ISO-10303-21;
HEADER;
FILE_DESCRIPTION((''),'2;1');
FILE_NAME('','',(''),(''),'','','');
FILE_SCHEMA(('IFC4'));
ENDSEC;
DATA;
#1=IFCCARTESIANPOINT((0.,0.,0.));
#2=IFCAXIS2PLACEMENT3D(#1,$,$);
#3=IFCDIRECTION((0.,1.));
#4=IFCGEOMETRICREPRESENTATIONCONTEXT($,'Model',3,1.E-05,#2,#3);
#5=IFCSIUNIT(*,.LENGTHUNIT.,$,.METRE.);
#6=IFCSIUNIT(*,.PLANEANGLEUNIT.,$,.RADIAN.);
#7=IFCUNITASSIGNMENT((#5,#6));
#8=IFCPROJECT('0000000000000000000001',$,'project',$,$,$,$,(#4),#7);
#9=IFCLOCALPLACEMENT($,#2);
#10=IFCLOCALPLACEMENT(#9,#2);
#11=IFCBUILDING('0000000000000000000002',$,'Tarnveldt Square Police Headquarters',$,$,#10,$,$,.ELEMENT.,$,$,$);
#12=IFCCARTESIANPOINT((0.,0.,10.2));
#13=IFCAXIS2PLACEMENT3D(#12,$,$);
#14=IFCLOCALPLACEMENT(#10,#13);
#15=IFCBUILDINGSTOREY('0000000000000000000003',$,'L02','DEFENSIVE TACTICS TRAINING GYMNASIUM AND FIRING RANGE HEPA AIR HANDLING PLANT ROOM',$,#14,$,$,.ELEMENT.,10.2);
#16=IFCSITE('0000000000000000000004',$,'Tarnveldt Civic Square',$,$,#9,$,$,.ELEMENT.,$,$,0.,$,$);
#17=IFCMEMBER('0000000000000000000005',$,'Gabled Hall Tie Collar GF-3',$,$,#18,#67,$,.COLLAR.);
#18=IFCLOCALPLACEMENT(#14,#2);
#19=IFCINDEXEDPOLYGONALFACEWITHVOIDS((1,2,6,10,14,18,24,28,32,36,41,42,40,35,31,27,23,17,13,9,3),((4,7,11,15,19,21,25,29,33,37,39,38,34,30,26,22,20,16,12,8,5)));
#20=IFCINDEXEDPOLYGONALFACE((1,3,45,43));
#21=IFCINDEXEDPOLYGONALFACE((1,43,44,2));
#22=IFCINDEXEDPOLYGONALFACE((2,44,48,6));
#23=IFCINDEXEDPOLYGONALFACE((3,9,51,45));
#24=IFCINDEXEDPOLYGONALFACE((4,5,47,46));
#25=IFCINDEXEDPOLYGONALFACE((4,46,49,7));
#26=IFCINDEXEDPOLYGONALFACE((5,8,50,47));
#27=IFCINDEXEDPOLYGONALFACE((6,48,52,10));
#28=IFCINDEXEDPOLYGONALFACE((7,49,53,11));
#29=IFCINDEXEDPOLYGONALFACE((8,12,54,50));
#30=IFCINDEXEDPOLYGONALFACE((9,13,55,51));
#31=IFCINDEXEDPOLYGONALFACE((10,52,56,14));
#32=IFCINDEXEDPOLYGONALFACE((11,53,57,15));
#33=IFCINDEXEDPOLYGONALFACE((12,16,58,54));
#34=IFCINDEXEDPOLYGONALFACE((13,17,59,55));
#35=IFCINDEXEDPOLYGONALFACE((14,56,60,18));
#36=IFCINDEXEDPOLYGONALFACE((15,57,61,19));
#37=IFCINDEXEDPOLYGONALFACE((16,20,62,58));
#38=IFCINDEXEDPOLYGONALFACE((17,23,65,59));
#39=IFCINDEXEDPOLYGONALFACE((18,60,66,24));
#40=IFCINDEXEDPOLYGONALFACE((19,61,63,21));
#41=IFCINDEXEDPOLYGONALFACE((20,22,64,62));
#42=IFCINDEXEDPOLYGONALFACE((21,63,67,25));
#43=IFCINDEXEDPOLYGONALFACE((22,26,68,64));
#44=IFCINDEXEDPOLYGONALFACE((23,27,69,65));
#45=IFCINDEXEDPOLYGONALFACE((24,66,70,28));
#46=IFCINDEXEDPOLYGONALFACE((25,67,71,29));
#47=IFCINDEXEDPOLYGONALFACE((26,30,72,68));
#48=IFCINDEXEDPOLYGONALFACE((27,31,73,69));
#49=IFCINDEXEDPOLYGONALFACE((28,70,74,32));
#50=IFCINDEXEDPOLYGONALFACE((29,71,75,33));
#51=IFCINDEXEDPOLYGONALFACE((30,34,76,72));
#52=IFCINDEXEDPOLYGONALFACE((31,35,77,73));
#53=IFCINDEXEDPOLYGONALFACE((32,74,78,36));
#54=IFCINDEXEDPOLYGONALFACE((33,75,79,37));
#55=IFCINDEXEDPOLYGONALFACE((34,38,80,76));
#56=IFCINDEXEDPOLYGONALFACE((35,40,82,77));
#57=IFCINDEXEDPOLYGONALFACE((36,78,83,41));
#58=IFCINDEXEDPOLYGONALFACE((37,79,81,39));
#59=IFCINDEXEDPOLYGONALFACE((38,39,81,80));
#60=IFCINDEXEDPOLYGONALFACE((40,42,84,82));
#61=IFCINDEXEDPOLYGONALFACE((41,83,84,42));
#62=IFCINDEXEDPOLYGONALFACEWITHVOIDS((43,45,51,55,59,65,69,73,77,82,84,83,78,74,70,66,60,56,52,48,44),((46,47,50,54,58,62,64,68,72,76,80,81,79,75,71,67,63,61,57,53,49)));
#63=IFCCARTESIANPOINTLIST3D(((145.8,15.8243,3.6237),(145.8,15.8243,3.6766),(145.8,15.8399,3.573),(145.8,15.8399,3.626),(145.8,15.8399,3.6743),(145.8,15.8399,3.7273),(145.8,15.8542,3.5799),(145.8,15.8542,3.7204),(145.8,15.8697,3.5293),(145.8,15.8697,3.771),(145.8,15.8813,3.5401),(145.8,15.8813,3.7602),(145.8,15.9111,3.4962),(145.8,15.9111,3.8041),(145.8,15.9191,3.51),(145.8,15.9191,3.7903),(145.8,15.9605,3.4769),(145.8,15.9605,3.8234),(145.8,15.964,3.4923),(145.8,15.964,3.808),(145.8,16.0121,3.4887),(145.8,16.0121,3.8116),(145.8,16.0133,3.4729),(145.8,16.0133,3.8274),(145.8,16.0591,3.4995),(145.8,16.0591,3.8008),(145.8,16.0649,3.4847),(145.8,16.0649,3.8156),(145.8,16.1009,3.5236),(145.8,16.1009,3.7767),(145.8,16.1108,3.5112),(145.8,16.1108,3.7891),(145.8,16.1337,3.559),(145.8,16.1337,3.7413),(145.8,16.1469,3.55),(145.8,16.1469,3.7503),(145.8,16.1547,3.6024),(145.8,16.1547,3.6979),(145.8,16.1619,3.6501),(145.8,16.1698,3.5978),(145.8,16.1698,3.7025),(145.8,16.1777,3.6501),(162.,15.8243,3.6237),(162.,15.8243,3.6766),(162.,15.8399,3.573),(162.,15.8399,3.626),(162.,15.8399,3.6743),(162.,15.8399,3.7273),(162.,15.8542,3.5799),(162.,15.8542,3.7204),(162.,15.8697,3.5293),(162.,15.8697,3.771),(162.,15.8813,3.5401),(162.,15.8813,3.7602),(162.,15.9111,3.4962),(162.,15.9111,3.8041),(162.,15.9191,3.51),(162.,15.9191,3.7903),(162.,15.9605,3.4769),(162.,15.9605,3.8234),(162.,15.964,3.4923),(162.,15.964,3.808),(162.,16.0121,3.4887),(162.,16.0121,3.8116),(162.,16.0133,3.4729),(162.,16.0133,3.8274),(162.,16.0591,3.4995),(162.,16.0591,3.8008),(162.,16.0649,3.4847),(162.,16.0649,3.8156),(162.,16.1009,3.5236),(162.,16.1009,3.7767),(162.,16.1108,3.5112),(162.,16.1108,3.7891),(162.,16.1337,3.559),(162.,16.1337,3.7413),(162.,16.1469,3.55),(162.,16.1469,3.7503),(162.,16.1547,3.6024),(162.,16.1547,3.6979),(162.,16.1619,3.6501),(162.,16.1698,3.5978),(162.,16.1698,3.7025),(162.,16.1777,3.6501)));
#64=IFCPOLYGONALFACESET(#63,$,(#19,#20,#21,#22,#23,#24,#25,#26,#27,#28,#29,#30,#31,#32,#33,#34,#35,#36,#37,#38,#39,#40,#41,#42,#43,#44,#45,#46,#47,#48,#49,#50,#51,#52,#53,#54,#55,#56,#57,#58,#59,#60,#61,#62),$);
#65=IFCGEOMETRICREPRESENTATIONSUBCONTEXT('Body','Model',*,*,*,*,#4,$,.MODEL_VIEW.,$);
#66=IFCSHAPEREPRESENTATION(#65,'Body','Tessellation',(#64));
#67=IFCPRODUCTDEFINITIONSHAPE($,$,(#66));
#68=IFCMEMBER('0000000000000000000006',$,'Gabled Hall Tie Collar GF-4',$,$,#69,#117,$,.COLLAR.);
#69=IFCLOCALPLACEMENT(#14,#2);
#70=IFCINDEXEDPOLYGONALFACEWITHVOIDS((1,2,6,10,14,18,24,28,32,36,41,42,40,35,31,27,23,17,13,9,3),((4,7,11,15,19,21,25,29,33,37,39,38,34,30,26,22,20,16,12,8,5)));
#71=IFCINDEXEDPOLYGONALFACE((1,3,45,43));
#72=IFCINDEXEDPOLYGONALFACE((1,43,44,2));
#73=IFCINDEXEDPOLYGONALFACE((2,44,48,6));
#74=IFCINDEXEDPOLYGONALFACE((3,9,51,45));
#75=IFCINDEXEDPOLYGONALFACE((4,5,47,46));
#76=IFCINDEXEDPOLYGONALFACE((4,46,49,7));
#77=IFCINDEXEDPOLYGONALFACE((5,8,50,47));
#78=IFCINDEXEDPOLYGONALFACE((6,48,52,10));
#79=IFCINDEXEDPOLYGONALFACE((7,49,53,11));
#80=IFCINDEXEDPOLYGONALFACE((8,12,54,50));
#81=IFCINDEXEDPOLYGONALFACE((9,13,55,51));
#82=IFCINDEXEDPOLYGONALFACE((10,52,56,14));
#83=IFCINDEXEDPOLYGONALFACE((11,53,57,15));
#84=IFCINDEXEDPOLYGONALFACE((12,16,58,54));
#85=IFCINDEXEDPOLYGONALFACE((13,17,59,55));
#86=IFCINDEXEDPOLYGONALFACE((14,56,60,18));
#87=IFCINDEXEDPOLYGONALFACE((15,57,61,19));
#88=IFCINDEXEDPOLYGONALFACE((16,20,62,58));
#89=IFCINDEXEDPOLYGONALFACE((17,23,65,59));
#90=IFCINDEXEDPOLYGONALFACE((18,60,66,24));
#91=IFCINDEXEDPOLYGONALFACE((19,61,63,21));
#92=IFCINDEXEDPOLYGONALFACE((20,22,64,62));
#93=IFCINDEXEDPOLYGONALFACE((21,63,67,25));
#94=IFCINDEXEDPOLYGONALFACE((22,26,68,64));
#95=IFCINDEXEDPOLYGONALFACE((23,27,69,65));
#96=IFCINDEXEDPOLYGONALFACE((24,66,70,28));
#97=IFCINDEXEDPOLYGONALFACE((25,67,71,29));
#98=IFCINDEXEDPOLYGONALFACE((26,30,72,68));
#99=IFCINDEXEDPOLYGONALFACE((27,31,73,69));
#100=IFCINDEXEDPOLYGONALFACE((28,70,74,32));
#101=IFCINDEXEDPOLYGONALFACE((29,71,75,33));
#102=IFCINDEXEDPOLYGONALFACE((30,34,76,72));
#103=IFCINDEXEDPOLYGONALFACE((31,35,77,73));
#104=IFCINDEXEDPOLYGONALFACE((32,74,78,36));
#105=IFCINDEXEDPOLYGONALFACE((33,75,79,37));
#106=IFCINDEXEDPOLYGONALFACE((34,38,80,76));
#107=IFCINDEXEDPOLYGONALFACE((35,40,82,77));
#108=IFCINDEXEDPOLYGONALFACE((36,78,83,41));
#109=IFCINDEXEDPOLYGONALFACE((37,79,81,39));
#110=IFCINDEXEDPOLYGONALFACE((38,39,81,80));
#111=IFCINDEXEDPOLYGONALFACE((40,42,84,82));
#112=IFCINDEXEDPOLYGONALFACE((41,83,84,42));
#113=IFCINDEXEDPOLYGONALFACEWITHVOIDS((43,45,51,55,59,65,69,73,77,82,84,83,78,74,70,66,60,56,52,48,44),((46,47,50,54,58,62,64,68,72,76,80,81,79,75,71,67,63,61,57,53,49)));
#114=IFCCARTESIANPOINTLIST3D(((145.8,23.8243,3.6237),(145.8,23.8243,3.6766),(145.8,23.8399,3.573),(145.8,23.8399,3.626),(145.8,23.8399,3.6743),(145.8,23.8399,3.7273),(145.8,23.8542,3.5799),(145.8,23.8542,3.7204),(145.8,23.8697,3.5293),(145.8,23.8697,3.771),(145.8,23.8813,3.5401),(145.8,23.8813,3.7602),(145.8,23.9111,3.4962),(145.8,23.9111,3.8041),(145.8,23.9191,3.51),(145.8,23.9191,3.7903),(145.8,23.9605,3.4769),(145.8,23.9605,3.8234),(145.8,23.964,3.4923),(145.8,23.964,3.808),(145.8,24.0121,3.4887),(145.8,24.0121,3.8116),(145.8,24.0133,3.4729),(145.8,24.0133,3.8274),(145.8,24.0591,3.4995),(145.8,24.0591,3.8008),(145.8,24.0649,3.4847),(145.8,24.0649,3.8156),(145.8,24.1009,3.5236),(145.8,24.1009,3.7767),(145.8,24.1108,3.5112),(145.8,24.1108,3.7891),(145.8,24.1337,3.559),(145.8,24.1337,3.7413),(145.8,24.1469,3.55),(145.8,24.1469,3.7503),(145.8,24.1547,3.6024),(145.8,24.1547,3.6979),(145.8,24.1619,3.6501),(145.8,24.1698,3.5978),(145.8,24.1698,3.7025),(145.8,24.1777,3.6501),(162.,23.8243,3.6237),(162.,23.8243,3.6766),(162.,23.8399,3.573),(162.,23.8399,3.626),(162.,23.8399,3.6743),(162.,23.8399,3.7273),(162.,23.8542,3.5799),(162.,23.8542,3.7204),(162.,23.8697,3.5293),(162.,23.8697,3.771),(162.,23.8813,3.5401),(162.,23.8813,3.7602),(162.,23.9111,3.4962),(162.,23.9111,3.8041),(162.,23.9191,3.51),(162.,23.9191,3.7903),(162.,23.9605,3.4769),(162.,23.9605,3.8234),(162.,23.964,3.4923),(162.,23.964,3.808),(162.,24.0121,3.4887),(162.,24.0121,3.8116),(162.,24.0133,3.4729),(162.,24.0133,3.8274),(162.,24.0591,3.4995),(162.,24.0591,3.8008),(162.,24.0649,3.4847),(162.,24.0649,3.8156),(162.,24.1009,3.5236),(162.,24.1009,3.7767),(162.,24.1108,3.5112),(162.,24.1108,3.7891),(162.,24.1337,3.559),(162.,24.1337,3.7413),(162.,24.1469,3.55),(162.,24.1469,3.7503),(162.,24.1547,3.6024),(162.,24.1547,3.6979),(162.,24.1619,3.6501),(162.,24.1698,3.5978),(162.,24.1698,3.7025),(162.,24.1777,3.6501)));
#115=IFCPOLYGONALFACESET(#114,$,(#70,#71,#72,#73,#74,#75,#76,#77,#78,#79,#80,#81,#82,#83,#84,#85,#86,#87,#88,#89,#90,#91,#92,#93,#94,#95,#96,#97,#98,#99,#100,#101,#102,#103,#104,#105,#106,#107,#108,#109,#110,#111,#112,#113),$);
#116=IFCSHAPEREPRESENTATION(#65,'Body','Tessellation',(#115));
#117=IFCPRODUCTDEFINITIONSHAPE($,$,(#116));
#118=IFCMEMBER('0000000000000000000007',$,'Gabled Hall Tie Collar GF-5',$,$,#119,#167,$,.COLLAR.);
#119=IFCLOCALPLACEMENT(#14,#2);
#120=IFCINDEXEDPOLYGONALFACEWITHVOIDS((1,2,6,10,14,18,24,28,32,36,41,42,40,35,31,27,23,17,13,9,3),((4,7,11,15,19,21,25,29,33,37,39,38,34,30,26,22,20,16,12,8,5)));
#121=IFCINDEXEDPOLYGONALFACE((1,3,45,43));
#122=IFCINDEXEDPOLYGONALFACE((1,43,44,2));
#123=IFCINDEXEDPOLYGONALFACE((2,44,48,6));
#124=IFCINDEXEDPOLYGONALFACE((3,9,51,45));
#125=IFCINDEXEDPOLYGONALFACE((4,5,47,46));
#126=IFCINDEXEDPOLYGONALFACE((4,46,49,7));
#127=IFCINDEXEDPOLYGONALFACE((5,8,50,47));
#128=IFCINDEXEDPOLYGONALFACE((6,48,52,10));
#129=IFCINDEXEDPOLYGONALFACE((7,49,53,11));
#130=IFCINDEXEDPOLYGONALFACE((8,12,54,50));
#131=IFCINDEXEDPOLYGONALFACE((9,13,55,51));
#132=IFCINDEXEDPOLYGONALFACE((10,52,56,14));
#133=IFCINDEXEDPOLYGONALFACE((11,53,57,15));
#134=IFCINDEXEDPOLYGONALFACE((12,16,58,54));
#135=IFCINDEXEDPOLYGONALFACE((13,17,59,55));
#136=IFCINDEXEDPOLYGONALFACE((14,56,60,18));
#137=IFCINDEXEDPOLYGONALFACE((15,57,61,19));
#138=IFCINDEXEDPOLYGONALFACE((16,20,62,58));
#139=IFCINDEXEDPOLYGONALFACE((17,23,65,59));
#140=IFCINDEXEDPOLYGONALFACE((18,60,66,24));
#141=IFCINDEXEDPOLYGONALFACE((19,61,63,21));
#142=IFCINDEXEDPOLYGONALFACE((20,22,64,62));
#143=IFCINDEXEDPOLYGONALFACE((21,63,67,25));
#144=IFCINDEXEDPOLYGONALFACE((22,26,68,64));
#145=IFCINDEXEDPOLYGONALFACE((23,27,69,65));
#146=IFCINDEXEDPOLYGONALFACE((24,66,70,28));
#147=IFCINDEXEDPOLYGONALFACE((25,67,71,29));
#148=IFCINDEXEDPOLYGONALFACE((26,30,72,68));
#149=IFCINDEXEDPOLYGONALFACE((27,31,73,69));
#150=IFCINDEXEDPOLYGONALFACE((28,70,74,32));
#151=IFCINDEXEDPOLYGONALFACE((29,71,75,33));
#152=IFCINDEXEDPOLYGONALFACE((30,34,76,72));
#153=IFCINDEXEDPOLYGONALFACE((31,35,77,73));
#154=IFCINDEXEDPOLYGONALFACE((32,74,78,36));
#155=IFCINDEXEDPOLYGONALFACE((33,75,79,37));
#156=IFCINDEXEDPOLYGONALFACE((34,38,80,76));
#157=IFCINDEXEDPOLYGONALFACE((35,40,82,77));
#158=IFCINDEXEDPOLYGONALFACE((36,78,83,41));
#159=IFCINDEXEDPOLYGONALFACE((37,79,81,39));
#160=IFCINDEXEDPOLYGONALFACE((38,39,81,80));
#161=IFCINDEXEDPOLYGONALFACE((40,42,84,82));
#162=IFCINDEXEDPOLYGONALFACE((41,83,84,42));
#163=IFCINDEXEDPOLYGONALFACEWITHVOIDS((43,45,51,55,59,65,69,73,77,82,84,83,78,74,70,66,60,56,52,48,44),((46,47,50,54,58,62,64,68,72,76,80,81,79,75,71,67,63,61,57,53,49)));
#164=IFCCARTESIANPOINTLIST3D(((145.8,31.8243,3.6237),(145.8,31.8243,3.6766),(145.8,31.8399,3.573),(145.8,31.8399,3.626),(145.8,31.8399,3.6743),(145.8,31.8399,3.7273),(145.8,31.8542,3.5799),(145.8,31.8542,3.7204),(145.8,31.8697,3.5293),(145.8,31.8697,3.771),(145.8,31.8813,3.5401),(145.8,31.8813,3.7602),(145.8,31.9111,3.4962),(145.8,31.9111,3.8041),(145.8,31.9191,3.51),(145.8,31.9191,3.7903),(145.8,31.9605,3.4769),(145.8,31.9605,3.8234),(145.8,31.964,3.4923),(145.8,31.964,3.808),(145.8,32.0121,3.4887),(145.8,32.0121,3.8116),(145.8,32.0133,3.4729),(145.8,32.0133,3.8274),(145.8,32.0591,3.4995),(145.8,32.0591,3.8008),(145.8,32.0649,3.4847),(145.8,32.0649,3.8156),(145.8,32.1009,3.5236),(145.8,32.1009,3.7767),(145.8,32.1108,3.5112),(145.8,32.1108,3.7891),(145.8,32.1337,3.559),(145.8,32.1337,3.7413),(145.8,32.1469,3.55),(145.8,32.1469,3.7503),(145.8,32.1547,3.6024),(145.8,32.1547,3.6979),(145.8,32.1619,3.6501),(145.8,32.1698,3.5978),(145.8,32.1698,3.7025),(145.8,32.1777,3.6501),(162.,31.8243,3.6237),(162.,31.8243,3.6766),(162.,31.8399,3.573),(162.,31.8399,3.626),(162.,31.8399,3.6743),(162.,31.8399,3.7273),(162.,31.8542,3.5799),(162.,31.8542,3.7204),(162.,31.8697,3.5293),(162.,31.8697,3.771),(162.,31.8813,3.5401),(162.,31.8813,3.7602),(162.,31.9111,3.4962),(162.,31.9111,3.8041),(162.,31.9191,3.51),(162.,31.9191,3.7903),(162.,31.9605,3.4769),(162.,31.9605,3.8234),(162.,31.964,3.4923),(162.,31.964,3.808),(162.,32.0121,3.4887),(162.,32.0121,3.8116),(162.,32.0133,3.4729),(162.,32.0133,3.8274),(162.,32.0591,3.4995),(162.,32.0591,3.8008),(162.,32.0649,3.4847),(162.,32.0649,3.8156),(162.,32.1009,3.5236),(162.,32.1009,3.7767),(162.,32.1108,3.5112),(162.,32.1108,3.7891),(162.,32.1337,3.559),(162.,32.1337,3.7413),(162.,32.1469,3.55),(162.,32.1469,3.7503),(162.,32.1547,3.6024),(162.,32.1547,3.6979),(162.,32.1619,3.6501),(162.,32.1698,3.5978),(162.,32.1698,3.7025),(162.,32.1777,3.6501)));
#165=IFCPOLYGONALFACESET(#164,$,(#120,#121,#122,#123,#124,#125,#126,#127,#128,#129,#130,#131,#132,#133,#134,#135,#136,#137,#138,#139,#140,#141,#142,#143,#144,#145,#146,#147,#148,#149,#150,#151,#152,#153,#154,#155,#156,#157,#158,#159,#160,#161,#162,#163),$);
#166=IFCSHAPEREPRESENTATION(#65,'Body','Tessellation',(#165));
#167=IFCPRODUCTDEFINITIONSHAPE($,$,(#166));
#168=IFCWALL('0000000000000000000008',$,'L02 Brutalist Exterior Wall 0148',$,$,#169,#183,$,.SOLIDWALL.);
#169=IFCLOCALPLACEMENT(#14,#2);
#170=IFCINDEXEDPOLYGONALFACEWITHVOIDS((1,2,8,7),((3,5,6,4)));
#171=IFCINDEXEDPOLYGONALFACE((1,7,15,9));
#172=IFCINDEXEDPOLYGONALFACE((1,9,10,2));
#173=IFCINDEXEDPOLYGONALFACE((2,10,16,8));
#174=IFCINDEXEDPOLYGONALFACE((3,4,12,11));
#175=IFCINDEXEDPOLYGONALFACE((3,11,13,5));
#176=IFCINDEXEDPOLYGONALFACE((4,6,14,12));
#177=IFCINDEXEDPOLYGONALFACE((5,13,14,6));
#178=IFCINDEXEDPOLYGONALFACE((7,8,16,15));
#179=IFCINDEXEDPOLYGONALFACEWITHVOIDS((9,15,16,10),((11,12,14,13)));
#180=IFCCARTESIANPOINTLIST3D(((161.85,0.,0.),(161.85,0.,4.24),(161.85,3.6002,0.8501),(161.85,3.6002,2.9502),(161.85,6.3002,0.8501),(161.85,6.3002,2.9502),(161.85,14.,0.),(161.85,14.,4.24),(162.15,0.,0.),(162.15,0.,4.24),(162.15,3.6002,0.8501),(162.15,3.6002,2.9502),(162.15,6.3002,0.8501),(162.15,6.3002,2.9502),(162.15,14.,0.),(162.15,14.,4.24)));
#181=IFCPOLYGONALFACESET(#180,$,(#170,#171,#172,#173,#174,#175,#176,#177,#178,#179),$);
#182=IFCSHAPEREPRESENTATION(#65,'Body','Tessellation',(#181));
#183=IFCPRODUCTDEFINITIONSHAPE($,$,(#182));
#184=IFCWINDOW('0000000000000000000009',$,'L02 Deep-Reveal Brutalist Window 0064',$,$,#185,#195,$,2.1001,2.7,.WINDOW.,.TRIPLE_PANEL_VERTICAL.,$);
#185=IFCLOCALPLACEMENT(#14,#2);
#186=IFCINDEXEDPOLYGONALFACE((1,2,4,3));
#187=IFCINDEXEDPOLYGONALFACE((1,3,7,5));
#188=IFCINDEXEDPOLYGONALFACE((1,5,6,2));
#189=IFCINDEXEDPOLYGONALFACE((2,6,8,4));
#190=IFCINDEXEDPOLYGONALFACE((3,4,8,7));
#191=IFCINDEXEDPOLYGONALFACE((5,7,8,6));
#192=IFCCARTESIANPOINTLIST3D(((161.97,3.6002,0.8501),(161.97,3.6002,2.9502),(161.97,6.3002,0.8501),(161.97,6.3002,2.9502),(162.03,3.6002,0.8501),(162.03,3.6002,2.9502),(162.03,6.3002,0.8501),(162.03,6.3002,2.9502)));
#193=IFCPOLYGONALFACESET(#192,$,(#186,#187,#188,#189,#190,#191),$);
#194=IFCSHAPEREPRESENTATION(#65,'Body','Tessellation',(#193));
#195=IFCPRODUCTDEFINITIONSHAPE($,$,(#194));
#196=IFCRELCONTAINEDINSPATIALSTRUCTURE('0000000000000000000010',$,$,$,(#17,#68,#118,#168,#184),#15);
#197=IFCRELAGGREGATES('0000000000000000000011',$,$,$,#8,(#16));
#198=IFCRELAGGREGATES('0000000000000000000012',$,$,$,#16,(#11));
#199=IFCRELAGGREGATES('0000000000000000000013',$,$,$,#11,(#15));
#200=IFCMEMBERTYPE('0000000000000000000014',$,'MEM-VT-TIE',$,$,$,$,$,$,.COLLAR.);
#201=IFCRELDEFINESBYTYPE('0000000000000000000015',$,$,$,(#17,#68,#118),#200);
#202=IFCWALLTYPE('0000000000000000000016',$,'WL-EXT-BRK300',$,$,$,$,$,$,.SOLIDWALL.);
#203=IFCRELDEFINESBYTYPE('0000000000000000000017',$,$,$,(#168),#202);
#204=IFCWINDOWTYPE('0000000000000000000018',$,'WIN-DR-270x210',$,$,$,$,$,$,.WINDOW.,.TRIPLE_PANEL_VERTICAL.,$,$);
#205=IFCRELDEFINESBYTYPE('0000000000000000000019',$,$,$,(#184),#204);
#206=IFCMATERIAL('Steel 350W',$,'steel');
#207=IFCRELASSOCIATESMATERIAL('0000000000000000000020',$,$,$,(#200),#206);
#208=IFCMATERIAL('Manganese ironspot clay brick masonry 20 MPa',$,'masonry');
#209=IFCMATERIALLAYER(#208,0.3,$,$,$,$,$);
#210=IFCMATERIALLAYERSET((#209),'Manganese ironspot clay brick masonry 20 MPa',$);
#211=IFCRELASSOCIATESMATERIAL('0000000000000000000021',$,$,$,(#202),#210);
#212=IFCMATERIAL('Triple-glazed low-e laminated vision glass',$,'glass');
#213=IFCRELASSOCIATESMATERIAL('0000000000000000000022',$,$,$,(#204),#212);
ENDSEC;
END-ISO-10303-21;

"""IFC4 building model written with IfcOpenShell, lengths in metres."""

from ifc_helpers import new_model, si_unit, direction, frame, frame_2d, origin, origin_2d, place, context, subcontext, project, spatial, rectangle, hollow_circle, extrude, material, layer, layer_set, material_profile, profile_set, type_object, element, fill, save


model = new_model("IFC4")

# Units and contexts
model_context = context("Model", 3, precision=1e-05, world=origin(), true_north=direction((0.0, 1.0)))
body_context = subcontext(model_context, "Body", "Model", "MODEL_VIEW")
ifc_project = project(units=[si_unit("LENGTHUNIT", "METRE"), si_unit("PLANEANGLEUNIT", "RADIAN")], contexts=[model_context])

# Site, building, storey
site_placement = place(None, origin())
site = spatial("IfcSite", under=ifc_project, at=site_placement, Name="Tarnveldt Civic Square", CompositionType="ELEMENT", RefElevation=0.0)
building_placement = place(site_placement, origin())
building = spatial("IfcBuilding", under=site, at=building_placement, Name="Tarnveldt Square Police Headquarters", CompositionType="ELEMENT")
storey_placement = place(building_placement, frame((0.0, 0.0, 10.2)))
storey = spatial("IfcBuildingStorey", under=building, at=storey_placement, Name="L02", Description="DEFENSIVE TACTICS TRAINING GYMNASIUM AND FIRING RANGE HEPA AIR HANDLING PLANT ROOM", CompositionType="ELEMENT", Elevation=10.2)

# Shared definitions
ifc_material_1 = material(Name="Steel 350W", Category="steel")

# Members
ifc_material_profile_1 = material_profile(ifc_material_1, hollow_circle(Radius=0.1777, WallThickness=0.0159, at=origin_2d()), Name="HSS356x16")
ifc_profile_set_1 = profile_set([ifc_material_profile_1], Name="Steel 350W")
member_type = type_object("IfcMemberType", Name="MEM-VT-TIE", PredefinedType="COLLAR", material=ifc_profile_set_1)
for number, where, z_axis, x_axis, name in (
    (1, (145.8, 16.0, 3.6501), (1.0, 0.0, 0.0), (0.0, 1.0, 0.0), "Gabled Hall Tie Collar GF-3"),
    (2, (145.8, 24.0, 3.6501), (1.0, 0.0, 0.0), (0.0, 1.0, 0.0), "Gabled Hall Tie Collar GF-4"),
    (3, (145.8, 32.0, 3.6501), (1.0, 0.0, 0.0), (0.0, 1.0, 0.0), "Gabled Hall Tie Collar GF-5"),
):
    element("IfcMember", number, at=place(storey_placement, frame(where, z_axis=z_axis, x_axis=x_axis)), inside=storey, type_object=member_type, Name=name, PredefinedType="COLLAR", context=body_context, shape_type="SweptSolid", body=[
        extrude(hollow_circle(Radius=0.1777, WallThickness=0.0159, at=origin_2d()), origin(), (0.0, 0.0, 1.0), 16.2),
    ])

# Wall, opening, window
ifc_material_2 = material(Name="Manganese ironspot clay brick masonry 20 MPa", Category="masonry")
ifc_layer_1 = layer(ifc_material_2, 0.3)
ifc_layer_set_1 = layer_set([ifc_layer_1], Name="Manganese ironspot clay brick masonry 20 MPa")
wall_type_1 = type_object("IfcWallType", Name="WL-EXT-BRK300", PredefinedType="SOLIDWALL", material=ifc_layer_set_1)
wall_1_placement = place(storey_placement, frame((162.0, 0.0, 0.0), z_axis=(0.0, 0.0, 1.0), x_axis=(0.0, 1.0, 0.0)))
wall_1 = element("IfcWall", 4, at=wall_1_placement, inside=storey, type_object=wall_type_1, Name="L02 Brutalist Exterior Wall 0148", PredefinedType="SOLIDWALL", context=body_context, shape_type="SweptSolid", body=[
    extrude(rectangle(XDim=14.0, YDim=0.3, at=frame_2d((7.0, 0.0))), origin(), (0.0, 0.0, 1.0), 4.24),
])
opening_1_placement = place(wall_1_placement, frame((3.6001, 0.0, 0.8501)))
opening_1 = element("IfcOpeningElement", 5, at=opening_1_placement, cuts=wall_1, PredefinedType="OPENING", context=body_context, shape_type="SweptSolid", body=[
    extrude(rectangle(XDim=2.7, YDim=2.1001, at=frame_2d((1.3501, 1.05))), frame((0.0, 0.1599, 0.0), z_axis=(0.0, -1.0, 0.0), x_axis=(1.0, 0.0, 0.0)), (0.0, 0.0, 1.0), 0.3201),
])
ifc_material_3 = material(Name="Triple-glazed low-e laminated vision glass", Category="glass")
window_type_1 = type_object("IfcWindowType", Name="WIN-DR-270x210", PartitioningType="TRIPLE_PANEL_VERTICAL", PredefinedType="WINDOW", material=ifc_material_3)
window_1_placement = place(opening_1_placement, origin())
window_1 = element("IfcWindow", 6, at=window_1_placement, inside=storey, type_object=window_type_1, Name="L02 Deep-Reveal Brutalist Window 0064", OverallHeight=2.1001, OverallWidth=2.7, PartitioningType="TRIPLE_PANEL_VERTICAL", PredefinedType="WINDOW", context=body_context, shape_type="SweptSolid", body=[
    extrude(rectangle(XDim=2.7, YDim=2.1001, at=frame_2d((1.3501, 1.05))), frame((0.0, 0.03, 0.0), z_axis=(0.0, -1.0, 0.0), x_axis=(1.0, 0.0, 0.0)), (0.0, 0.0, 1.0), 0.0601),
])
fill(opening_1, window_1)

save(model, "model.ifc")
